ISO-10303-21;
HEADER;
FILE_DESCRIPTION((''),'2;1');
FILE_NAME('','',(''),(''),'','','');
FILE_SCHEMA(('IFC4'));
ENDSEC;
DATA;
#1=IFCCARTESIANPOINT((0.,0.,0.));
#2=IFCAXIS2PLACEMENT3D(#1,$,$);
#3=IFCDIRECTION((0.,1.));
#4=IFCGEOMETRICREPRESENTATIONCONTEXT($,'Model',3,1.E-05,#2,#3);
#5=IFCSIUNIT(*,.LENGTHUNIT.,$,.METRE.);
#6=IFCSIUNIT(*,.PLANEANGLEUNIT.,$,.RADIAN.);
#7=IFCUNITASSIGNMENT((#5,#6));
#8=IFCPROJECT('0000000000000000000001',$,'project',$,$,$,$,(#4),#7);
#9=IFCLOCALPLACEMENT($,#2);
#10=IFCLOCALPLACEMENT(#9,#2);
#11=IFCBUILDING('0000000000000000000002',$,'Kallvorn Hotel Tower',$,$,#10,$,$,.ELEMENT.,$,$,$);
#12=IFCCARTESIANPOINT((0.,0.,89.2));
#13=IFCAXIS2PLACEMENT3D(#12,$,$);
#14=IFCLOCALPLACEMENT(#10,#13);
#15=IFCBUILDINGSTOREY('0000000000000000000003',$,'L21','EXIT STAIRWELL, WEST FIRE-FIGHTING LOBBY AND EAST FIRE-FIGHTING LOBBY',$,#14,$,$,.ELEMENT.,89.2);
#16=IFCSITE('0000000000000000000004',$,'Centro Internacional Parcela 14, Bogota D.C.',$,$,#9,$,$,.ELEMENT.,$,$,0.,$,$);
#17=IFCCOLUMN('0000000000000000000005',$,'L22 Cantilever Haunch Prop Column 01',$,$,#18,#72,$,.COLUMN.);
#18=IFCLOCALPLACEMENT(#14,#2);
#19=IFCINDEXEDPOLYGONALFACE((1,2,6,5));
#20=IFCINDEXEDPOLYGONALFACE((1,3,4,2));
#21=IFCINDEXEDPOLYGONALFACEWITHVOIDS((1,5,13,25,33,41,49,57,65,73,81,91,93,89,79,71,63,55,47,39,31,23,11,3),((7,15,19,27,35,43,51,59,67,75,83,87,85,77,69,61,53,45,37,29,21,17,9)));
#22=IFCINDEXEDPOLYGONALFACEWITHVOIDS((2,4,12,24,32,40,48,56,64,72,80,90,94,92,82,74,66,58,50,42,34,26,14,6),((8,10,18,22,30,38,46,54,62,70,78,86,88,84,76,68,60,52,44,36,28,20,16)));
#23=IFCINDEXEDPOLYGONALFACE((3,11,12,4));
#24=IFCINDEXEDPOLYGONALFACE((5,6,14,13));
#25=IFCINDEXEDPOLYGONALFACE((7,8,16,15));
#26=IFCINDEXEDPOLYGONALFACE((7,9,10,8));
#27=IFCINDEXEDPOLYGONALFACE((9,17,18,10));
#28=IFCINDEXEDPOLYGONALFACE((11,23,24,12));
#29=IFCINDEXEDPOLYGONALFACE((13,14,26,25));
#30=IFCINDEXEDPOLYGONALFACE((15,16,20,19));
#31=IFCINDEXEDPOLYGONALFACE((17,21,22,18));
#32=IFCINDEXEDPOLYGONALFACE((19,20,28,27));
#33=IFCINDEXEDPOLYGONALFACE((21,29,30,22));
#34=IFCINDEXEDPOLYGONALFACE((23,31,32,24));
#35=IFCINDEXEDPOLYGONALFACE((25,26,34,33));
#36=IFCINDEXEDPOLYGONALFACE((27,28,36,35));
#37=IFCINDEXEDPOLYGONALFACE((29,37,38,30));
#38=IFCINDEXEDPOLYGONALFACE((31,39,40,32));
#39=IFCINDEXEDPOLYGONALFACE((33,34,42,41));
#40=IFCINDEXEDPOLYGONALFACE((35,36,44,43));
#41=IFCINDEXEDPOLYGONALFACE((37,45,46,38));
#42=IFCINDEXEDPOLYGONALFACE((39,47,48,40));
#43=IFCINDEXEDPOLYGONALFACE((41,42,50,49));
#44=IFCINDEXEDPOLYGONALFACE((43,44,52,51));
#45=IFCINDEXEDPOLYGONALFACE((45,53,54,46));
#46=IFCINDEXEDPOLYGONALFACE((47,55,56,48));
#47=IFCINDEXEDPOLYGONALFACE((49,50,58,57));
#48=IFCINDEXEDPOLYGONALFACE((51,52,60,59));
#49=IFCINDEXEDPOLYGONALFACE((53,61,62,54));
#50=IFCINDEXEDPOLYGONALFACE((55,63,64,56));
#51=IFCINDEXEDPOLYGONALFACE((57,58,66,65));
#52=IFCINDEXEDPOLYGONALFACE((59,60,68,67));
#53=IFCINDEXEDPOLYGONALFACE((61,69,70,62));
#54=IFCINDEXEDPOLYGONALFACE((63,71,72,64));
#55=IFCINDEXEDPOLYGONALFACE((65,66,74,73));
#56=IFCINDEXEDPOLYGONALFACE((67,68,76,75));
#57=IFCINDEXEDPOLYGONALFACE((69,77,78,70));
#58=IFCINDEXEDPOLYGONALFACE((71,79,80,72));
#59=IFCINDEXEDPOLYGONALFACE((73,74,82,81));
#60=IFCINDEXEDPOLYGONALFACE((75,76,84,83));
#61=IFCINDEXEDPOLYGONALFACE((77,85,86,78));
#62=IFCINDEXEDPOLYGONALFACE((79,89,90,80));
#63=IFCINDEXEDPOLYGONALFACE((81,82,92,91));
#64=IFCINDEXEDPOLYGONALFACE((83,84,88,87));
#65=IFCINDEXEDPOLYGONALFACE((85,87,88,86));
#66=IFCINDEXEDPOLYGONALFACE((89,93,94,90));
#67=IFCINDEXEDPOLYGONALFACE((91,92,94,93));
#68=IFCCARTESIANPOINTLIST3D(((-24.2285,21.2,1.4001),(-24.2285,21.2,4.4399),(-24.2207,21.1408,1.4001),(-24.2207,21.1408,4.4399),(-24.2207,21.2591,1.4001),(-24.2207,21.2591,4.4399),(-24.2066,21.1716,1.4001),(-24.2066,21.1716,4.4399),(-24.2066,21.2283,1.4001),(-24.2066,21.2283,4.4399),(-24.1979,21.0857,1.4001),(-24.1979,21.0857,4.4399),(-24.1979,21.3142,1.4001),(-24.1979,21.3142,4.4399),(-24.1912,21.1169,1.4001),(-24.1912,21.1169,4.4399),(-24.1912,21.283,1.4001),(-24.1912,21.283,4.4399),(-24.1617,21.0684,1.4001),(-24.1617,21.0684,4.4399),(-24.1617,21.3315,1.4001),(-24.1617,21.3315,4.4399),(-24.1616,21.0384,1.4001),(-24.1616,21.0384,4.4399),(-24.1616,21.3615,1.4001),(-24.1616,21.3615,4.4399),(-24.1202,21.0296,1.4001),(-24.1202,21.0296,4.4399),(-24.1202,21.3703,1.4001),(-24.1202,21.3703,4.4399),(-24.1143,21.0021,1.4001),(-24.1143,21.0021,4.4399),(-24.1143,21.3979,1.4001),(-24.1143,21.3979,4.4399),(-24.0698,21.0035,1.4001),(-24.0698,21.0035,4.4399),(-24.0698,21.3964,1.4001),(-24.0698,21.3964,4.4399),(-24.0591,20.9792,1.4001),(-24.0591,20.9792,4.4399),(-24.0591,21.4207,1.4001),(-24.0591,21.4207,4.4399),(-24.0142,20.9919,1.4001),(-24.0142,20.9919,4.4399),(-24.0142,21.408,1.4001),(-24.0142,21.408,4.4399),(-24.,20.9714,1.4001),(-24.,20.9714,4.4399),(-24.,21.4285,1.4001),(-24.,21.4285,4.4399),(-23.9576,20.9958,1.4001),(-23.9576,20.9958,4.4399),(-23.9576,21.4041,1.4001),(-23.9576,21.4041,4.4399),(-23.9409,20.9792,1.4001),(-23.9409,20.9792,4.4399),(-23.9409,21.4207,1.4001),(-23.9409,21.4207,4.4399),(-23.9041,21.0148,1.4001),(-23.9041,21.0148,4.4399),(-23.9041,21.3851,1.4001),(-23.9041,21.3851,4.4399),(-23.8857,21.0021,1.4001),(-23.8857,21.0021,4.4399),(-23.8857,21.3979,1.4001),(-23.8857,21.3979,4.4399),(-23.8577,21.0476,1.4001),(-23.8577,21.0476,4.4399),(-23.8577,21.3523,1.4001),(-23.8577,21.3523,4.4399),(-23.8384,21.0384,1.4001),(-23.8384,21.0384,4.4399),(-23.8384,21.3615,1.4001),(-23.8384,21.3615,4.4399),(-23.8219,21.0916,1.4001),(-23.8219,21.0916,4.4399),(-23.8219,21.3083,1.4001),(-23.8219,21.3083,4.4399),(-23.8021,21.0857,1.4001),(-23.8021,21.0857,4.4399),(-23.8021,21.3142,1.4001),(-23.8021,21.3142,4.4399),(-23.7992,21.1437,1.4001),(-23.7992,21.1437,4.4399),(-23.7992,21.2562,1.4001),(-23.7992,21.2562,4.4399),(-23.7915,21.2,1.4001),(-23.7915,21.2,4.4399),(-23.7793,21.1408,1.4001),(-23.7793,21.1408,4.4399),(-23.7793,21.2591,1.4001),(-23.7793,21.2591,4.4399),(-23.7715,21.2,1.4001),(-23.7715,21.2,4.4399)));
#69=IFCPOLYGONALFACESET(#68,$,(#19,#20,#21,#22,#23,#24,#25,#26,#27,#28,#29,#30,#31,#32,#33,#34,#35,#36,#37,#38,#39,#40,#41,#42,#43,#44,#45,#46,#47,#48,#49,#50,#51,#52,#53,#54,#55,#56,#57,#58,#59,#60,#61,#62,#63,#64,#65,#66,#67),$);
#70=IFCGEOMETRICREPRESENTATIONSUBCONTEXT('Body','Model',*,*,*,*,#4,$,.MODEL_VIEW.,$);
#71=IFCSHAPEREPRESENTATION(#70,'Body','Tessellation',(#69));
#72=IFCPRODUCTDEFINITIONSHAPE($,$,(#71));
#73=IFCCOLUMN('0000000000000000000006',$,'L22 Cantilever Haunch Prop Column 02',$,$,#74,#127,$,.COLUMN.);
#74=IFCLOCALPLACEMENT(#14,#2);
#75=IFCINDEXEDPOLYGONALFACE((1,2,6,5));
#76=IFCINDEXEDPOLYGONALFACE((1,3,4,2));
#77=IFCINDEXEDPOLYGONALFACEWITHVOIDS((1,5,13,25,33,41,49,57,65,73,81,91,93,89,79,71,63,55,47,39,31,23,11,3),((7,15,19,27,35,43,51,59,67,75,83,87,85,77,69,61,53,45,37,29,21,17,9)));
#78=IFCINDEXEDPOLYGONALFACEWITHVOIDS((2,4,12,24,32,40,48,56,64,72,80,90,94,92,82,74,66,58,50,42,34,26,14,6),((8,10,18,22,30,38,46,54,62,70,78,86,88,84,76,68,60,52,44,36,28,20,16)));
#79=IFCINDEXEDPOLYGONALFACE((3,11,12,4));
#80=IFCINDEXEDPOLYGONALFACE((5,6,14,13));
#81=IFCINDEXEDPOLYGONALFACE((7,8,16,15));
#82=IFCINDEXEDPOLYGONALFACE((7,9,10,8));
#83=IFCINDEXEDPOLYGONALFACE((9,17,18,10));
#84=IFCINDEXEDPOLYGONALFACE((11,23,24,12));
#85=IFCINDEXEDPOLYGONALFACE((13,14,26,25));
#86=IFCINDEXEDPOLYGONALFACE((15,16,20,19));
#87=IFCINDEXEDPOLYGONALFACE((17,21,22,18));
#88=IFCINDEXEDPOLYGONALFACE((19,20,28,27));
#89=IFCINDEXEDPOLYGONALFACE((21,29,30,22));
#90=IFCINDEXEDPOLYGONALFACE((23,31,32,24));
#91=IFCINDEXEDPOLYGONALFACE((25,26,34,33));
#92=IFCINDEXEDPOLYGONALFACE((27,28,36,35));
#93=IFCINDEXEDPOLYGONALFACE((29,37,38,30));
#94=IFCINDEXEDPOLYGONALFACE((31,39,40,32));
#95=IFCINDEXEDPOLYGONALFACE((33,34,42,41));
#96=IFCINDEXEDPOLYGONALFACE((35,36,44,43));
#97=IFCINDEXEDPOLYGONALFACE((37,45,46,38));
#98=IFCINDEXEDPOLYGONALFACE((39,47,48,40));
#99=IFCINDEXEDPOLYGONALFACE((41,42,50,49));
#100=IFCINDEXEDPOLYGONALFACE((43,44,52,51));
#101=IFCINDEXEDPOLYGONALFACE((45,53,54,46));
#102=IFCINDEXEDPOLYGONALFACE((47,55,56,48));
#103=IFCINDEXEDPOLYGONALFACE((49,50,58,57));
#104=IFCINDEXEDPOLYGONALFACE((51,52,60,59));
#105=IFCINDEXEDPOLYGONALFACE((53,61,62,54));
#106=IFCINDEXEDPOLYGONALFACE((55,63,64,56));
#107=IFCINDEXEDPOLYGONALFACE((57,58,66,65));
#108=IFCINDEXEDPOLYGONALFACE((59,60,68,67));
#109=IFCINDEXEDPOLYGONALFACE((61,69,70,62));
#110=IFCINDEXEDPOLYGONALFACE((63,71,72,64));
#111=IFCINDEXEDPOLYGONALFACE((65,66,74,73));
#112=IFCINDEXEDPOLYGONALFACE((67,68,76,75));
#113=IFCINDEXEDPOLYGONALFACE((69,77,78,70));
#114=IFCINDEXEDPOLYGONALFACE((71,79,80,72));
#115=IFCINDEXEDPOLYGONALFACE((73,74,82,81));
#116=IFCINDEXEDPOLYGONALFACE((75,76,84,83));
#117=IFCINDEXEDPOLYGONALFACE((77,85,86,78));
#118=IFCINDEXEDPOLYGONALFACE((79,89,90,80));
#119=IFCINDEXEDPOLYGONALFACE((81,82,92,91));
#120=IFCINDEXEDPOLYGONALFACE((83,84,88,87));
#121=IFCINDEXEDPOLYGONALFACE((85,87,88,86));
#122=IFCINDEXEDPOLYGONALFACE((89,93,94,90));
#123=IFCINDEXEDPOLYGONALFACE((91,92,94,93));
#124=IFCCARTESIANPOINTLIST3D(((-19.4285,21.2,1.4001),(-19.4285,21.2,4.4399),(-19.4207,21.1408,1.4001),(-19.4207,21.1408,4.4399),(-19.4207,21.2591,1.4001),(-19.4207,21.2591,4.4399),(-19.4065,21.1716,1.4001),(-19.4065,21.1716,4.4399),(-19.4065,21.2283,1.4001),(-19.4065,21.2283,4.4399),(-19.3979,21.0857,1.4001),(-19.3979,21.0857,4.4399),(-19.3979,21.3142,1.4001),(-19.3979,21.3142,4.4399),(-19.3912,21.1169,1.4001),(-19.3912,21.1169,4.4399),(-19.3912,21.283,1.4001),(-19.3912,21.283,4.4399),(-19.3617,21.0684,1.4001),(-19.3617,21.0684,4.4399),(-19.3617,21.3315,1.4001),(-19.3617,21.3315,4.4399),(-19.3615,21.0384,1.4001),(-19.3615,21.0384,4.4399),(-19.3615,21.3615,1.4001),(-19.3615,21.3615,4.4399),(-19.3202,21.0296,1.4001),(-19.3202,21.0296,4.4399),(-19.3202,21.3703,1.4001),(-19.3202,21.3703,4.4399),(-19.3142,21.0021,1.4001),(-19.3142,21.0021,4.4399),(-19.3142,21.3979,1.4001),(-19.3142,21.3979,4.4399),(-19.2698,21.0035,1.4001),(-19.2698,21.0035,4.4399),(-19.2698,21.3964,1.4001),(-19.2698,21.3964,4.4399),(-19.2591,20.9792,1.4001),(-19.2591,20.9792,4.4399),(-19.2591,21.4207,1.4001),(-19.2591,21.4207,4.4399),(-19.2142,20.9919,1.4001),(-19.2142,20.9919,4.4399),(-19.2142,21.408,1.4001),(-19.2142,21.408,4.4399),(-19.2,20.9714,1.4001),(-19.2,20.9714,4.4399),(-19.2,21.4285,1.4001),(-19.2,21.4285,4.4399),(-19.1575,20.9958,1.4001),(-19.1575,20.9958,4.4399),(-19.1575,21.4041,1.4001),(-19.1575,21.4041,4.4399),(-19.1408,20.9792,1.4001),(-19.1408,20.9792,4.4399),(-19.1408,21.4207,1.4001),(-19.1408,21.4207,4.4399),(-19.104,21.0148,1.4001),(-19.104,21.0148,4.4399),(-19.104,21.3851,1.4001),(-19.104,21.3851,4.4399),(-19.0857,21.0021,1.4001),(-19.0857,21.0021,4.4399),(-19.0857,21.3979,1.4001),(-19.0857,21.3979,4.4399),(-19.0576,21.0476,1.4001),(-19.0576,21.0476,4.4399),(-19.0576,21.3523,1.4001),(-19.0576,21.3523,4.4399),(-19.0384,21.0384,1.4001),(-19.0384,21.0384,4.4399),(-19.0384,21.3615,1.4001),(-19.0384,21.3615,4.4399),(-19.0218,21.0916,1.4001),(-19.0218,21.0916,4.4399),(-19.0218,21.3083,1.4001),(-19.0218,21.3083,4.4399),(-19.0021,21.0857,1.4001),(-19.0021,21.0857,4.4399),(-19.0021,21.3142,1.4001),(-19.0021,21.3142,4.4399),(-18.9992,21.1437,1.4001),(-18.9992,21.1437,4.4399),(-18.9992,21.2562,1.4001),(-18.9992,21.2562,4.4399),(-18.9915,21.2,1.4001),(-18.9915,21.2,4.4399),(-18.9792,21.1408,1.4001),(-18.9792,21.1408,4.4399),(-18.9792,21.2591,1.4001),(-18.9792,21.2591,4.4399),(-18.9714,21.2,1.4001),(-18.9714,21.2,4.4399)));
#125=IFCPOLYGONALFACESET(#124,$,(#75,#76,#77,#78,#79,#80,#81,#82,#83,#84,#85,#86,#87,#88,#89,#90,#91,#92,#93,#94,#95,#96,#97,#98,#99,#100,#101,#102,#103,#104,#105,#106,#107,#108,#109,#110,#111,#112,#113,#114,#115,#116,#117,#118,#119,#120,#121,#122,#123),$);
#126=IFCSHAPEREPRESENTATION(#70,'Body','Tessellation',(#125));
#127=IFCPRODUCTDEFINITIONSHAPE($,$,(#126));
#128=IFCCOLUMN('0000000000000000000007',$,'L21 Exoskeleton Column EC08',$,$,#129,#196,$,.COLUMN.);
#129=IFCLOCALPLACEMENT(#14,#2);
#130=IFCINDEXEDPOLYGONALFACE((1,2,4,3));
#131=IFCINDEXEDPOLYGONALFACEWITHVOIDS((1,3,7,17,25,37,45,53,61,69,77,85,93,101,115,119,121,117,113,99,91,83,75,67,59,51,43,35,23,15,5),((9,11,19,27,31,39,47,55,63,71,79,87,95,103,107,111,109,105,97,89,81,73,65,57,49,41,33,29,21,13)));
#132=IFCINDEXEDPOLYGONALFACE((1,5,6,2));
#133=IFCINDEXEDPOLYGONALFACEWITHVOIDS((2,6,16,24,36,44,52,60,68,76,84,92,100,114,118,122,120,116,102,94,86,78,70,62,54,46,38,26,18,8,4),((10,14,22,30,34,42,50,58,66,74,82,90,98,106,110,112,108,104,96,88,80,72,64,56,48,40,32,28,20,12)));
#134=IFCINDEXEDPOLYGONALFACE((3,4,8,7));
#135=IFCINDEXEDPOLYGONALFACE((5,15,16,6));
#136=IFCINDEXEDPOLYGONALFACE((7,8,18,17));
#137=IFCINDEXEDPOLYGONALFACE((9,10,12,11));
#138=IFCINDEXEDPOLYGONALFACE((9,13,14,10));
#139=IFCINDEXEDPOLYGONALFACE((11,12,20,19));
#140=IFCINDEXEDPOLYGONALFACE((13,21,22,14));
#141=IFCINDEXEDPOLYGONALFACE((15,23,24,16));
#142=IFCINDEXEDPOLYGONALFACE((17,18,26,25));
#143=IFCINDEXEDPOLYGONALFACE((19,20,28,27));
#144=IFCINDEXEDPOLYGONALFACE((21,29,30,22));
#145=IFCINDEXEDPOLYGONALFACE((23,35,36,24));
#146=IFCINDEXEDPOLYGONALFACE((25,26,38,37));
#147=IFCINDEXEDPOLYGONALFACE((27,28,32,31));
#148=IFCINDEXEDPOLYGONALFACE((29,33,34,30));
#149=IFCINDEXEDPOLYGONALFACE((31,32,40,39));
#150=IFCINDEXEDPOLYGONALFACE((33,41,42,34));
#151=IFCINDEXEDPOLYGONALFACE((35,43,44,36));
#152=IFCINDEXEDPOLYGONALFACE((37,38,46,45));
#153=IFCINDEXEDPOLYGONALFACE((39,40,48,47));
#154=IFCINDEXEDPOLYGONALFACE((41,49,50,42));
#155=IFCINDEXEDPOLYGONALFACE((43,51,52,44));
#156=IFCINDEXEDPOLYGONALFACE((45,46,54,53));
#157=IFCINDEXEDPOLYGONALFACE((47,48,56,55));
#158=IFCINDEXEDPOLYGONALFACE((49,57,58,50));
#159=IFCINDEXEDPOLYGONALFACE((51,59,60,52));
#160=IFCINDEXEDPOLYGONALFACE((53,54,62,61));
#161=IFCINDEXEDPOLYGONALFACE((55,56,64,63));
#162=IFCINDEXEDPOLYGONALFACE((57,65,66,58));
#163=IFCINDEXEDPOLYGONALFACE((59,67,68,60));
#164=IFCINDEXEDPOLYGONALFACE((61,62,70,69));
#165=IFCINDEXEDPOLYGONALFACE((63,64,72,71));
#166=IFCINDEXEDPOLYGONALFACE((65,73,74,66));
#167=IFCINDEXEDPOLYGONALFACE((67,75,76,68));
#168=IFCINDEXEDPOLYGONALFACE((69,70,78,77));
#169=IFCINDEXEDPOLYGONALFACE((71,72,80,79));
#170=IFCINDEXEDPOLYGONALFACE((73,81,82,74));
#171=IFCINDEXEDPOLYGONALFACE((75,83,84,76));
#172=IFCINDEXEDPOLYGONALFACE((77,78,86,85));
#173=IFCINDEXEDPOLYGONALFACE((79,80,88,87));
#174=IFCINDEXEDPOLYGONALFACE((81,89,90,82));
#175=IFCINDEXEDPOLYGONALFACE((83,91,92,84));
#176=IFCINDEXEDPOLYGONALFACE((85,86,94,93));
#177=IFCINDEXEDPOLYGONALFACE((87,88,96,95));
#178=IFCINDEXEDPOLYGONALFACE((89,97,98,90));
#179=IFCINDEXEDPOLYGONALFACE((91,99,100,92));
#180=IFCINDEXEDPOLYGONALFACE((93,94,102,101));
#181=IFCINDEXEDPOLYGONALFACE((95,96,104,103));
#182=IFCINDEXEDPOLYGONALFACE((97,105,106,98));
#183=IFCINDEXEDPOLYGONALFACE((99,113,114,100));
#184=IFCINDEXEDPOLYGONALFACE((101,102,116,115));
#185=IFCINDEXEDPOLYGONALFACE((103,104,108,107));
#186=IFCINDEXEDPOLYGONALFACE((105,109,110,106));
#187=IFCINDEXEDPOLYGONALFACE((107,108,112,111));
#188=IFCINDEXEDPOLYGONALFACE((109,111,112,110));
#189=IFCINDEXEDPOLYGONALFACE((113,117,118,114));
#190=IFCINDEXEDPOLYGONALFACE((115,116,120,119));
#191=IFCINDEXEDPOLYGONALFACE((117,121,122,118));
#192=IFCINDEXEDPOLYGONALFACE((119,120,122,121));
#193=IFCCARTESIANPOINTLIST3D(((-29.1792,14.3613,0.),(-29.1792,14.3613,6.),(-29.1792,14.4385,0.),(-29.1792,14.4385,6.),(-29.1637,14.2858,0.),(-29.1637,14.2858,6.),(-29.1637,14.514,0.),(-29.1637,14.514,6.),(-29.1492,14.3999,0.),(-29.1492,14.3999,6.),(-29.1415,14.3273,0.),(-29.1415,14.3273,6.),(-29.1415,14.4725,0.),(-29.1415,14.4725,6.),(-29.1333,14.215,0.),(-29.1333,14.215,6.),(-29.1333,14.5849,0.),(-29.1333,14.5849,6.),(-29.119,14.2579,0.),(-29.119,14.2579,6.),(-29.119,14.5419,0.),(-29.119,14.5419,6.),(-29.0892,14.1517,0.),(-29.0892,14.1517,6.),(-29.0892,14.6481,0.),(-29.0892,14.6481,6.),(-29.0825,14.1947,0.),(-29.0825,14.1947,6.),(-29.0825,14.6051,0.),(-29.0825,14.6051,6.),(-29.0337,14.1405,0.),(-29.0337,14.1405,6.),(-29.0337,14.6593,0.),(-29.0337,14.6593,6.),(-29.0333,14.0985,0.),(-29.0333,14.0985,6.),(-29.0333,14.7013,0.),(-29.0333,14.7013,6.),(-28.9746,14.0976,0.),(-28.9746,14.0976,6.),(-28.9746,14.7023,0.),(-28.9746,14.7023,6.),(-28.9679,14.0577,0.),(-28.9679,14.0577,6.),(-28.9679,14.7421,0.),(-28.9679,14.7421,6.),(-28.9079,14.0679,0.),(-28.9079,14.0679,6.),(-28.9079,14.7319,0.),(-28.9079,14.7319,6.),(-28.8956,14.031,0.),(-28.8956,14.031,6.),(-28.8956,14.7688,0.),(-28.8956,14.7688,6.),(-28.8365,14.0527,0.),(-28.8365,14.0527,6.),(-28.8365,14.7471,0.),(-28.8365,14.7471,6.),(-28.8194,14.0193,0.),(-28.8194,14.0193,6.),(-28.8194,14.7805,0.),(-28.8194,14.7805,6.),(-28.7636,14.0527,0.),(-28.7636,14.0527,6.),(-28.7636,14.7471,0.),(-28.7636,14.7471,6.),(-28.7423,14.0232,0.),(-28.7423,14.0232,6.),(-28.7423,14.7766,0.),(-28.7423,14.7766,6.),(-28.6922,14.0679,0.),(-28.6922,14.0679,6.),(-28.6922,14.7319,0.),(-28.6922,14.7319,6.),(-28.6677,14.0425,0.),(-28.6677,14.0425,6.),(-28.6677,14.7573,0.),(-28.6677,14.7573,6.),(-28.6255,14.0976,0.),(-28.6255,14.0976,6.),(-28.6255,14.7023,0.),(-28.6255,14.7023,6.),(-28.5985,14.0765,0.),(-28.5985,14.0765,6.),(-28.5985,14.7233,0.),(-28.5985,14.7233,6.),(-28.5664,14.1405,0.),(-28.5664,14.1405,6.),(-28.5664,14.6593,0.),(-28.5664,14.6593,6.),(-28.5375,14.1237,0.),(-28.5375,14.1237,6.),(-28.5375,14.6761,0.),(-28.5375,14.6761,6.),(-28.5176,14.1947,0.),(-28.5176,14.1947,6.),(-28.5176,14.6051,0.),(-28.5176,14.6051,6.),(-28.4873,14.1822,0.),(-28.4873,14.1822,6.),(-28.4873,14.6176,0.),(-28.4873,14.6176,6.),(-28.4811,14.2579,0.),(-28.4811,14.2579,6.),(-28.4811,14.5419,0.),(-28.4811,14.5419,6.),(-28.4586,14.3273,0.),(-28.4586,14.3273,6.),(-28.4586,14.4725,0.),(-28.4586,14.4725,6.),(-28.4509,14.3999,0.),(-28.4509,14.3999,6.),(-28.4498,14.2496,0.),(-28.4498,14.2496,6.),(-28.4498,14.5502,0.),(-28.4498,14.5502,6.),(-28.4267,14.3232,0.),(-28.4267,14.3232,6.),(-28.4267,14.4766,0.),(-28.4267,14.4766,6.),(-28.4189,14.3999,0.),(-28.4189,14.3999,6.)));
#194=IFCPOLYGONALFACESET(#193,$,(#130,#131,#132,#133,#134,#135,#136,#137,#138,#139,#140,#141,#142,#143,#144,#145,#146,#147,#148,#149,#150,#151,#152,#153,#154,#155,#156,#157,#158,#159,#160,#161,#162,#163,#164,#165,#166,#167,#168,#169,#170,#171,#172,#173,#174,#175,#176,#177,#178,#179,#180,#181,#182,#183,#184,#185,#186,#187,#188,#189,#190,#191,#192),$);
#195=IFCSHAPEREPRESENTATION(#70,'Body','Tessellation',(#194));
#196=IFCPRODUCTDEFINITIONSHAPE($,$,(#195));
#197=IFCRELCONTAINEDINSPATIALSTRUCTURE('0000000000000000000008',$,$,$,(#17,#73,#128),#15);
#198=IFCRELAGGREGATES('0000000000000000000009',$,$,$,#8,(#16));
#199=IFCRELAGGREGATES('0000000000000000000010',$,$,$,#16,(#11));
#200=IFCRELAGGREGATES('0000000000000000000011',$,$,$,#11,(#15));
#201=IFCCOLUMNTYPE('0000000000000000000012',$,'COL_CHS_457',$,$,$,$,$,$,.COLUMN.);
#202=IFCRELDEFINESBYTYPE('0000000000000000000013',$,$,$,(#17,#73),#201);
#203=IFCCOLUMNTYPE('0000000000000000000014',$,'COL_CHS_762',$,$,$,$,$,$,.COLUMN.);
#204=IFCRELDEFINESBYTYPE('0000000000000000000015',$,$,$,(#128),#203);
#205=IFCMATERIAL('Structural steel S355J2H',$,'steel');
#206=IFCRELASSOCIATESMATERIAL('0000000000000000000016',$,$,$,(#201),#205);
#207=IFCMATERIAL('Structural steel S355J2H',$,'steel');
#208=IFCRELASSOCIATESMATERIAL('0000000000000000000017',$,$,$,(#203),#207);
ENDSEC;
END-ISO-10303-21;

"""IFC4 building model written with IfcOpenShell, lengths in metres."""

from ifc_helpers import new_model, si_unit, direction, frame, origin, origin_2d, place, context, subcontext, project, spatial, hollow_circle, extrude, material, material_profile, profile_set, type_object, element, save


model = new_model("IFC4")

# Units and contexts
model_context = context("Model", 3, precision=1e-05, world=origin(), true_north=direction((0.0, 1.0)))
body_context = subcontext(model_context, "Body", "Model", "MODEL_VIEW")
ifc_project = project(units=[si_unit("LENGTHUNIT", "METRE"), si_unit("PLANEANGLEUNIT", "RADIAN")], contexts=[model_context])

# Site, building, storey
site_placement = place(None, origin())
site = spatial("IfcSite", under=ifc_project, at=site_placement, Name="Centro Internacional Parcela 14, Bogota D.C.", CompositionType="ELEMENT", RefElevation=0.0)
building_placement = place(site_placement, origin())
building = spatial("IfcBuilding", under=site, at=building_placement, Name="Kallvorn Hotel Tower", CompositionType="ELEMENT")
storey_placement = place(building_placement, frame((0.0, 0.0, 89.2)))
storey = spatial("IfcBuildingStorey", under=building, at=storey_placement, Name="L21", Description="EXIT STAIRWELL, WEST FIRE-FIGHTING LOBBY AND EAST FIRE-FIGHTING LOBBY", CompositionType="ELEMENT", Elevation=89.2)

# Columns
ifc_material_1 = material(Name="Structural steel S355J2H", Category="steel")
ifc_material_profile_1 = material_profile(ifc_material_1, hollow_circle(Radius=0.2285, WallThickness=0.02, at=origin_2d()), Name="CHS 457x20")
ifc_profile_set_1 = profile_set([ifc_material_profile_1], Name="Structural steel S355J2H")
column_type_1 = type_object("IfcColumnType", Name="COL_CHS_457", PredefinedType="COLUMN", material=ifc_profile_set_1)
for number, where, z_axis, x_axis, name in (
    (1, (-24.0, 21.2, 1.4001), (0.0, 0.0, 1.0), (1.0, 0.0, 0.0), "L22 Cantilever Haunch Prop Column 01"),
    (2, (-19.2, 21.2, 1.4001), (0.0, 0.0, 1.0), (1.0, 0.0, 0.0), "L22 Cantilever Haunch Prop Column 02"),
):
    element("IfcColumn", number, at=place(storey_placement, frame(where, z_axis=z_axis, x_axis=x_axis)), inside=storey, type_object=column_type_1, Name=name, PredefinedType="COLUMN", context=body_context, shape_type="SweptSolid", body=[
        extrude(hollow_circle(Radius=0.2285, WallThickness=0.02, at=origin_2d()), origin(), (0.0, 0.0, 1.0), 3.0398),
    ])
ifc_material_2 = material(Name="Structural steel S355J2H", Category="steel")
ifc_material_profile_2 = material_profile(ifc_material_2, hollow_circle(Radius=0.3811, WallThickness=0.032, at=origin_2d()), Name="CHS 762x32")
ifc_profile_set_2 = profile_set([ifc_material_profile_2], Name="Structural steel S355J2H")
column_type_2 = type_object("IfcColumnType", Name="COL_CHS_762", PredefinedType="COLUMN", material=ifc_profile_set_2)
column_1_placement = place(storey_placement, frame((-28.8, 14.3999, 0.0), z_axis=(0.0, 0.0, 1.0), x_axis=(1.0, 0.0, 0.0)))
element("IfcColumn", 3, at=column_1_placement, inside=storey, type_object=column_type_2, Name="L21 Exoskeleton Column EC08", PredefinedType="COLUMN", context=body_context, shape_type="SweptSolid", body=[
    extrude(hollow_circle(Radius=0.3811, WallThickness=0.032, at=origin_2d()), origin(), (0.0, 0.0, 1.0), 6.0),
])

save(model, "model.ifc")
